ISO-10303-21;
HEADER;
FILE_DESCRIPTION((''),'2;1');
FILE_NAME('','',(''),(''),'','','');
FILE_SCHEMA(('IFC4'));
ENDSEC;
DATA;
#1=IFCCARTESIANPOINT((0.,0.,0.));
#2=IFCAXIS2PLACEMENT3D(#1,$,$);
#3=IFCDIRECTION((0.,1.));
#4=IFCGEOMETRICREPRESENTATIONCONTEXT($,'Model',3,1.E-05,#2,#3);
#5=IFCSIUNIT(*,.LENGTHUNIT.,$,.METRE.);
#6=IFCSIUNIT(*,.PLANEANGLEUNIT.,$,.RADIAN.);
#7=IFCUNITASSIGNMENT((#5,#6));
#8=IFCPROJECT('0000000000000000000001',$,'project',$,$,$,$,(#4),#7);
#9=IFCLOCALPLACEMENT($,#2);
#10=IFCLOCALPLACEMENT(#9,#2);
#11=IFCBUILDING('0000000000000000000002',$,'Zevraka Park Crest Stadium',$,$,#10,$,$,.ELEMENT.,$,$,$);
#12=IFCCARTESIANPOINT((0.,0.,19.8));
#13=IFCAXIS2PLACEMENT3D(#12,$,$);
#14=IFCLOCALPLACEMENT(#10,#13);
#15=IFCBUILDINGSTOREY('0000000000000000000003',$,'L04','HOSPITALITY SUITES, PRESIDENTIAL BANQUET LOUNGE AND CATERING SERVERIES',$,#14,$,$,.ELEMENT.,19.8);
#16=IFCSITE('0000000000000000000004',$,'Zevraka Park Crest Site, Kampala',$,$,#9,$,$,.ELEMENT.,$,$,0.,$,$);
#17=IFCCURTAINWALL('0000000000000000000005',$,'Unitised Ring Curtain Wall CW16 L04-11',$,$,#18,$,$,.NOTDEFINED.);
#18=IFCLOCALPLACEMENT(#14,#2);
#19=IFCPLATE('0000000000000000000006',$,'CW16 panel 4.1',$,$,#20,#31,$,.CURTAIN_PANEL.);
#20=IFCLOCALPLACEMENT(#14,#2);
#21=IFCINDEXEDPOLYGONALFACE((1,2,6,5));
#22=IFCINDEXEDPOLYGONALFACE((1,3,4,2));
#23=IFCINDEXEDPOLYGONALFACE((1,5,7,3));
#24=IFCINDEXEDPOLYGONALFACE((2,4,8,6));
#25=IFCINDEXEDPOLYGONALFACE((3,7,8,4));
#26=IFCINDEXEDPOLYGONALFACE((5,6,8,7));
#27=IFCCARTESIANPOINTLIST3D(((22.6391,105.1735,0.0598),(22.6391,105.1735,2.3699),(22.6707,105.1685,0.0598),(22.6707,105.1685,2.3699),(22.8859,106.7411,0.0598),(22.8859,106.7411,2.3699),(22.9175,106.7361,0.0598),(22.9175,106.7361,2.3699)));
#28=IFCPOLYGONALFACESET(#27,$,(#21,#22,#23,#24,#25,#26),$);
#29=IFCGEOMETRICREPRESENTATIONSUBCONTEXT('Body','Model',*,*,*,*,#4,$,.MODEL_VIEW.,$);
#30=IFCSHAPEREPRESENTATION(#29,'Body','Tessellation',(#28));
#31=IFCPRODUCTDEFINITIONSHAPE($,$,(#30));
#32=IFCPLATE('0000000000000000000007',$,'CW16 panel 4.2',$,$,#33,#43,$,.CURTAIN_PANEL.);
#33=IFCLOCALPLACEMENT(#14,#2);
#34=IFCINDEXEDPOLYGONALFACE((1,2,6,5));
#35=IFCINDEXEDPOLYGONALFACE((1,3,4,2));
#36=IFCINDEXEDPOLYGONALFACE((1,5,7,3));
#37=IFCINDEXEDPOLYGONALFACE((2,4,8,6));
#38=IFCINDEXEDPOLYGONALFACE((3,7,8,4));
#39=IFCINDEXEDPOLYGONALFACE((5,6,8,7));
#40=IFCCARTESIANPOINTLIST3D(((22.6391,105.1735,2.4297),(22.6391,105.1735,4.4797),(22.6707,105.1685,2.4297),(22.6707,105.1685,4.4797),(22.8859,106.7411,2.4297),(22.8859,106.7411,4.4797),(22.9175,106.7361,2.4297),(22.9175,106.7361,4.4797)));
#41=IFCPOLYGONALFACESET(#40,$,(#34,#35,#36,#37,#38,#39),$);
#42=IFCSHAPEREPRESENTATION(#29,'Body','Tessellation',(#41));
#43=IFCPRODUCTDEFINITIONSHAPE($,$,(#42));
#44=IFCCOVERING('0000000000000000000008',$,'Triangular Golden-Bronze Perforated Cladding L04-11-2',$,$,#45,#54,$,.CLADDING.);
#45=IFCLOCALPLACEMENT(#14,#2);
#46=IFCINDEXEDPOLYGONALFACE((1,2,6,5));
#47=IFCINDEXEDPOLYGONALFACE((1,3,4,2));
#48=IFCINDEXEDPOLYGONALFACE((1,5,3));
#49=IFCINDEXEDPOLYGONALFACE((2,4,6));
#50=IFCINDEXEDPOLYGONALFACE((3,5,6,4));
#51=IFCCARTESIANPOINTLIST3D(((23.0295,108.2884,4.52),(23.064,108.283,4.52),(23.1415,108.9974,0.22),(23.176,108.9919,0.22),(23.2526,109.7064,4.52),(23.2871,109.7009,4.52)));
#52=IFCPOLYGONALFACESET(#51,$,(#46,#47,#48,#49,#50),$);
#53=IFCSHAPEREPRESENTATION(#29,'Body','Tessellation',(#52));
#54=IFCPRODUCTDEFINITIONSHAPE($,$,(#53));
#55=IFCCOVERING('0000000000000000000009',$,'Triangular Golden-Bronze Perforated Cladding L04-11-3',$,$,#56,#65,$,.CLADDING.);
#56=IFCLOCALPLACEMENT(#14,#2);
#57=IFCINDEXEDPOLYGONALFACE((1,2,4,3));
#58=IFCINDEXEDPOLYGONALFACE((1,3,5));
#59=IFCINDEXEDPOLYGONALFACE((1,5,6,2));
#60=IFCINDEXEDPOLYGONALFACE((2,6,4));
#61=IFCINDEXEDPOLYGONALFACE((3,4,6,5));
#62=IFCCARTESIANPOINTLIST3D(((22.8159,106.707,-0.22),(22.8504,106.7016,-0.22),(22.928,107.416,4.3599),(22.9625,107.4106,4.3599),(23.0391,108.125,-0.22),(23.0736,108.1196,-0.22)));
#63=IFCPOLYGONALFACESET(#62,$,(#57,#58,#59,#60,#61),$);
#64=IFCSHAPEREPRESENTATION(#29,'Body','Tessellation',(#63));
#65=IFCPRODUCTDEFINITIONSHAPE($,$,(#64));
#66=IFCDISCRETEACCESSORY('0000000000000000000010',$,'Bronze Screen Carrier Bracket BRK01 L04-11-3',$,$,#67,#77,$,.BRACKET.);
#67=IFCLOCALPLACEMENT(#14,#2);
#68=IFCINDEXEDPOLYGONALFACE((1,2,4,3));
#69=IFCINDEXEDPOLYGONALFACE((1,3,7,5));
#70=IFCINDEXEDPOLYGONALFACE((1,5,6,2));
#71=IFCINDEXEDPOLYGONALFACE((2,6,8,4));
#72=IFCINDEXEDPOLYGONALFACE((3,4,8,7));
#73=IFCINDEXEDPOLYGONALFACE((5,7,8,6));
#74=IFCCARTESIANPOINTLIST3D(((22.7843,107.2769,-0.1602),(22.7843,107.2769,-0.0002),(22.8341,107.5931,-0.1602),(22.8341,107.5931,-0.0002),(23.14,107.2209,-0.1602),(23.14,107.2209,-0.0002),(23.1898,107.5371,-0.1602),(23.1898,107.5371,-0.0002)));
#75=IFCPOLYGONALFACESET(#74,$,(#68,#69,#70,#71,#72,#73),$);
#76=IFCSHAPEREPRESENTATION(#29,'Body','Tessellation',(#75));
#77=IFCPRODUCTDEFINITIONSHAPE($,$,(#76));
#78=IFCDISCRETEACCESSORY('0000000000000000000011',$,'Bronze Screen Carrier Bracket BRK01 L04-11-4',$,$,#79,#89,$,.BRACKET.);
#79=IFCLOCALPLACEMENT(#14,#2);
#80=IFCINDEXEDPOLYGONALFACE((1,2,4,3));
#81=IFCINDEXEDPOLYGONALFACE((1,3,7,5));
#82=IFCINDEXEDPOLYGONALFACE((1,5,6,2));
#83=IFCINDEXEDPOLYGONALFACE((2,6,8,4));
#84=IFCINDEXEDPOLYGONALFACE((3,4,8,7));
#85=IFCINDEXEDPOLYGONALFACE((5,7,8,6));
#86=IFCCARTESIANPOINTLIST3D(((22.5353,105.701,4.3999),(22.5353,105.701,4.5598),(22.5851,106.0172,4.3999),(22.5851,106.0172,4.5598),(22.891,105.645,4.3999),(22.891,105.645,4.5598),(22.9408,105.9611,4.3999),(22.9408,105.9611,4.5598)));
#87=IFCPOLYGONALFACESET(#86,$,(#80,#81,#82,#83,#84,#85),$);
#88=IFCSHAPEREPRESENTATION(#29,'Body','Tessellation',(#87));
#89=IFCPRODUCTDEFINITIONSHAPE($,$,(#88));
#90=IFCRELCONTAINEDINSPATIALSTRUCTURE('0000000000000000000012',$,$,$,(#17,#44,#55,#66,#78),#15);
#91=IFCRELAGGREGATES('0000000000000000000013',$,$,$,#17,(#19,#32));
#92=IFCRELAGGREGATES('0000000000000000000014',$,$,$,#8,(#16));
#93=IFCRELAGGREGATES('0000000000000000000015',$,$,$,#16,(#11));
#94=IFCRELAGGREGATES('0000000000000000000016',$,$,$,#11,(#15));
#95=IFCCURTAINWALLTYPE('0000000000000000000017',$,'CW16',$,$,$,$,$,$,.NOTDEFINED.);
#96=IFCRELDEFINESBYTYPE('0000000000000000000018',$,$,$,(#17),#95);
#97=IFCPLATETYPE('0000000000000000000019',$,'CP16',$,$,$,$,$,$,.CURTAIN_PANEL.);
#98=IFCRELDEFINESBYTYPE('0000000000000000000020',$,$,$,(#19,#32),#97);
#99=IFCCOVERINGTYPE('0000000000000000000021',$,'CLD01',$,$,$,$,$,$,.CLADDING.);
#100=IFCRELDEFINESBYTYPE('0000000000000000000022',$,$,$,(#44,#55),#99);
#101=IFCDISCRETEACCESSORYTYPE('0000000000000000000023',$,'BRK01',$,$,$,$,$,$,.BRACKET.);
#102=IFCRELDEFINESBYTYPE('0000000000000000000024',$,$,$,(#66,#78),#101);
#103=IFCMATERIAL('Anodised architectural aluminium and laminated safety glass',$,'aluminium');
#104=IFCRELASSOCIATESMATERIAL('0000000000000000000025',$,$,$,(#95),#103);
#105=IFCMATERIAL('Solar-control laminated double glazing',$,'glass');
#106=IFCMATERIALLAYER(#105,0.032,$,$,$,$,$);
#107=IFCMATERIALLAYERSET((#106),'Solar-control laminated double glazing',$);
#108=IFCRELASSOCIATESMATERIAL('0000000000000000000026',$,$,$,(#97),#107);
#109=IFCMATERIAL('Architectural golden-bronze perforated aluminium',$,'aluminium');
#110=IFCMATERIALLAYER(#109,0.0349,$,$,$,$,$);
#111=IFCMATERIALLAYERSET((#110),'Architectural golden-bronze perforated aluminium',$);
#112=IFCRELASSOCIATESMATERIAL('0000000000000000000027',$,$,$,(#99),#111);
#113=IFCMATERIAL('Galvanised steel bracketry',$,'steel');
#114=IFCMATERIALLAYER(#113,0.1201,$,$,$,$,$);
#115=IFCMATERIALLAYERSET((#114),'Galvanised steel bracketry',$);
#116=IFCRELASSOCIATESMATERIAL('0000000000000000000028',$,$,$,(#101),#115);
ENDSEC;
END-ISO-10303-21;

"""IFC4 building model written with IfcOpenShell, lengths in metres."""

from ifc_helpers import new_model, si_unit, direction, frame, origin, origin_2d, place, context, subcontext, project, spatial, polyline, rectangle, outline, extrude, material, layer, layer_set, type_object, element, aggregate, save


model = new_model("IFC4")

# Units and contexts
model_context = context("Model", 3, precision=1e-05, world=origin(), true_north=direction((0.0, 1.0)))
body_context = subcontext(model_context, "Body", "Model", "MODEL_VIEW")
ifc_project = project(units=[si_unit("LENGTHUNIT", "METRE"), si_unit("PLANEANGLEUNIT", "RADIAN")], contexts=[model_context])

# Site, building, storey
site_placement = place(None, origin())
site = spatial("IfcSite", under=ifc_project, at=site_placement, Name="Zevraka Park Crest Site, Kampala", CompositionType="ELEMENT", RefElevation=0.0)
building_placement = place(site_placement, origin())
building = spatial("IfcBuilding", under=site, at=building_placement, Name="Zevraka Park Crest Stadium", CompositionType="ELEMENT")
storey_placement = place(building_placement, frame((0.0, 0.0, 19.8)))
storey = spatial("IfcBuildingStorey", under=building, at=storey_placement, Name="L04", Description="HOSPITALITY SUITES, PRESIDENTIAL BANQUET LOUNGE AND CATERING SERVERIES", CompositionType="ELEMENT", Elevation=19.8)

# Curtain wall
ifc_material_1 = material(Name="Anodised architectural aluminium and laminated safety glass", Category="aluminium")
curtain_wall_type = type_object("IfcCurtainWallType", Name="CW16", PredefinedType="NOTDEFINED", material=ifc_material_1)
curtain_wall_placement = place(storey_placement, origin())
curtain_wall = element("IfcCurtainWall", 1, at=curtain_wall_placement, inside=storey, type_object=curtain_wall_type, Name="Unitised Ring Curtain Wall CW16 L04-11", PredefinedType="NOTDEFINED")

# Plates
ifc_material_2 = material(Name="Solar-control laminated double glazing", Category="glass")
ifc_layer_1 = layer(ifc_material_2, 0.032)
ifc_layer_set_1 = layer_set([ifc_layer_1], Name="Solar-control laminated double glazing")
plate_type = type_object("IfcPlateType", Name="CP16", PredefinedType="CURTAIN_PANEL", material=ifc_layer_set_1)
plate_1_placement = place(storey_placement, frame((22.7783, 105.9548, 0.0598), z_axis=(0.0, 0.0, 1.0), x_axis=(-0.155539, -0.98783, 0.0)))
plate_1 = element("IfcPlate", 2, at=plate_1_placement, type_object=plate_type, Name="CW16 panel 4.1", PredefinedType="CURTAIN_PANEL", context=body_context, shape_type="SweptSolid", body=[
    extrude(rectangle(XDim=1.5869, YDim=0.032, at=origin_2d()), origin(), (0.0, 0.0, 1.0), 2.3101),
])
plate_2_placement = place(storey_placement, frame((22.7783, 105.9548, 2.4297), z_axis=(0.0, 0.0, 1.0), x_axis=(-0.155539, -0.98783, 0.0)))
plate_2 = element("IfcPlate", 3, at=plate_2_placement, type_object=plate_type, Name="CW16 panel 4.2", PredefinedType="CURTAIN_PANEL", context=body_context, shape_type="SweptSolid", body=[
    extrude(rectangle(XDim=1.5869, YDim=0.032, at=origin_2d()), origin(), (0.0, 0.0, 1.0), 2.05),
])
aggregate(curtain_wall, [plate_1, plate_2])

# Coverings
ifc_material_3 = material(Name="Architectural golden-bronze perforated aluminium", Category="aluminium")
ifc_layer_2 = layer(ifc_material_3, 0.0349)
ifc_layer_set_2 = layer_set([ifc_layer_2], Name="Architectural golden-bronze perforated aluminium")
covering_type = type_object("IfcCoveringType", Name="CLD01", PredefinedType="CLADDING", material=ifc_layer_set_2)
covering_1_placement = place(storey_placement, frame((23.064, 108.283, 4.52), z_axis=(0.987843, -0.155456, 0.000112), x_axis=(0.155456, 0.987843, 0.0)))
element("IfcCovering", 4, at=covering_1_placement, inside=storey, type_object=covering_type, Name="Triangular Golden-Bronze Perforated Cladding L04-11-2", PredefinedType="CLADDING", context=body_context, shape_type="SweptSolid", body=[
    extrude(outline(polyline([(0.0, 0.0), (1.4354, 0.0), (0.7178, -4.3), (0.0, 0.0)])), origin(), (0.0, 0.0, -1.0), 0.0349),
])
covering_2_placement = place(storey_placement, frame((23.0391, 108.125, -0.22), z_axis=(-0.987843, 0.155456, 0.000105), x_axis=(-0.155456, -0.987843, 0.0)))
element("IfcCovering", 5, at=covering_2_placement, inside=storey, type_object=covering_type, Name="Triangular Golden-Bronze Perforated Cladding L04-11-3", PredefinedType="CLADDING", context=body_context, shape_type="SweptSolid", body=[
    extrude(outline(polyline([(0.0, 0.0), (1.4354, 0.0), (0.7176, 4.5798), (0.0, 0.0)])), origin(), (0.0, 0.0, -1.0), 0.0349),
])

# Discrete accessories
ifc_material_4 = material(Name="Galvanised steel bracketry", Category="steel")
ifc_layer_3 = layer(ifc_material_4, 0.1201)
ifc_layer_set_3 = layer_set([ifc_layer_3], Name="Galvanised steel bracketry")
discrete_accessory_type = type_object("IfcDiscreteAccessoryType", Name="BRK01", PredefinedType="BRACKET", material=ifc_layer_set_3)
for number, where, z_axis, x_axis, name in (
    (6, (22.9871, 107.407, -0.1602), (0.0, 0.0, 1.0), (-0.155572, -0.987824, 0.0), "Bronze Screen Carrier Bracket BRK01 L04-11-3"),
    (7, (22.738, 105.8311, 4.3999), (0.0, 0.0, 1.0), (-0.155572, -0.987824, 0.0), "Bronze Screen Carrier Bracket BRK01 L04-11-4"),
):
    element("IfcDiscreteAccessory", number, at=place(storey_placement, frame(where, z_axis=z_axis, x_axis=x_axis)), inside=storey, type_object=discrete_accessory_type, Name=name, PredefinedType="BRACKET", context=body_context, shape_type="SweptSolid", body=[
        extrude(rectangle(XDim=0.3201, YDim=0.3601, at=origin_2d()), origin(), (0.0, 0.0, 1.0), 0.1599),
    ])

save(model, "model.ifc")
